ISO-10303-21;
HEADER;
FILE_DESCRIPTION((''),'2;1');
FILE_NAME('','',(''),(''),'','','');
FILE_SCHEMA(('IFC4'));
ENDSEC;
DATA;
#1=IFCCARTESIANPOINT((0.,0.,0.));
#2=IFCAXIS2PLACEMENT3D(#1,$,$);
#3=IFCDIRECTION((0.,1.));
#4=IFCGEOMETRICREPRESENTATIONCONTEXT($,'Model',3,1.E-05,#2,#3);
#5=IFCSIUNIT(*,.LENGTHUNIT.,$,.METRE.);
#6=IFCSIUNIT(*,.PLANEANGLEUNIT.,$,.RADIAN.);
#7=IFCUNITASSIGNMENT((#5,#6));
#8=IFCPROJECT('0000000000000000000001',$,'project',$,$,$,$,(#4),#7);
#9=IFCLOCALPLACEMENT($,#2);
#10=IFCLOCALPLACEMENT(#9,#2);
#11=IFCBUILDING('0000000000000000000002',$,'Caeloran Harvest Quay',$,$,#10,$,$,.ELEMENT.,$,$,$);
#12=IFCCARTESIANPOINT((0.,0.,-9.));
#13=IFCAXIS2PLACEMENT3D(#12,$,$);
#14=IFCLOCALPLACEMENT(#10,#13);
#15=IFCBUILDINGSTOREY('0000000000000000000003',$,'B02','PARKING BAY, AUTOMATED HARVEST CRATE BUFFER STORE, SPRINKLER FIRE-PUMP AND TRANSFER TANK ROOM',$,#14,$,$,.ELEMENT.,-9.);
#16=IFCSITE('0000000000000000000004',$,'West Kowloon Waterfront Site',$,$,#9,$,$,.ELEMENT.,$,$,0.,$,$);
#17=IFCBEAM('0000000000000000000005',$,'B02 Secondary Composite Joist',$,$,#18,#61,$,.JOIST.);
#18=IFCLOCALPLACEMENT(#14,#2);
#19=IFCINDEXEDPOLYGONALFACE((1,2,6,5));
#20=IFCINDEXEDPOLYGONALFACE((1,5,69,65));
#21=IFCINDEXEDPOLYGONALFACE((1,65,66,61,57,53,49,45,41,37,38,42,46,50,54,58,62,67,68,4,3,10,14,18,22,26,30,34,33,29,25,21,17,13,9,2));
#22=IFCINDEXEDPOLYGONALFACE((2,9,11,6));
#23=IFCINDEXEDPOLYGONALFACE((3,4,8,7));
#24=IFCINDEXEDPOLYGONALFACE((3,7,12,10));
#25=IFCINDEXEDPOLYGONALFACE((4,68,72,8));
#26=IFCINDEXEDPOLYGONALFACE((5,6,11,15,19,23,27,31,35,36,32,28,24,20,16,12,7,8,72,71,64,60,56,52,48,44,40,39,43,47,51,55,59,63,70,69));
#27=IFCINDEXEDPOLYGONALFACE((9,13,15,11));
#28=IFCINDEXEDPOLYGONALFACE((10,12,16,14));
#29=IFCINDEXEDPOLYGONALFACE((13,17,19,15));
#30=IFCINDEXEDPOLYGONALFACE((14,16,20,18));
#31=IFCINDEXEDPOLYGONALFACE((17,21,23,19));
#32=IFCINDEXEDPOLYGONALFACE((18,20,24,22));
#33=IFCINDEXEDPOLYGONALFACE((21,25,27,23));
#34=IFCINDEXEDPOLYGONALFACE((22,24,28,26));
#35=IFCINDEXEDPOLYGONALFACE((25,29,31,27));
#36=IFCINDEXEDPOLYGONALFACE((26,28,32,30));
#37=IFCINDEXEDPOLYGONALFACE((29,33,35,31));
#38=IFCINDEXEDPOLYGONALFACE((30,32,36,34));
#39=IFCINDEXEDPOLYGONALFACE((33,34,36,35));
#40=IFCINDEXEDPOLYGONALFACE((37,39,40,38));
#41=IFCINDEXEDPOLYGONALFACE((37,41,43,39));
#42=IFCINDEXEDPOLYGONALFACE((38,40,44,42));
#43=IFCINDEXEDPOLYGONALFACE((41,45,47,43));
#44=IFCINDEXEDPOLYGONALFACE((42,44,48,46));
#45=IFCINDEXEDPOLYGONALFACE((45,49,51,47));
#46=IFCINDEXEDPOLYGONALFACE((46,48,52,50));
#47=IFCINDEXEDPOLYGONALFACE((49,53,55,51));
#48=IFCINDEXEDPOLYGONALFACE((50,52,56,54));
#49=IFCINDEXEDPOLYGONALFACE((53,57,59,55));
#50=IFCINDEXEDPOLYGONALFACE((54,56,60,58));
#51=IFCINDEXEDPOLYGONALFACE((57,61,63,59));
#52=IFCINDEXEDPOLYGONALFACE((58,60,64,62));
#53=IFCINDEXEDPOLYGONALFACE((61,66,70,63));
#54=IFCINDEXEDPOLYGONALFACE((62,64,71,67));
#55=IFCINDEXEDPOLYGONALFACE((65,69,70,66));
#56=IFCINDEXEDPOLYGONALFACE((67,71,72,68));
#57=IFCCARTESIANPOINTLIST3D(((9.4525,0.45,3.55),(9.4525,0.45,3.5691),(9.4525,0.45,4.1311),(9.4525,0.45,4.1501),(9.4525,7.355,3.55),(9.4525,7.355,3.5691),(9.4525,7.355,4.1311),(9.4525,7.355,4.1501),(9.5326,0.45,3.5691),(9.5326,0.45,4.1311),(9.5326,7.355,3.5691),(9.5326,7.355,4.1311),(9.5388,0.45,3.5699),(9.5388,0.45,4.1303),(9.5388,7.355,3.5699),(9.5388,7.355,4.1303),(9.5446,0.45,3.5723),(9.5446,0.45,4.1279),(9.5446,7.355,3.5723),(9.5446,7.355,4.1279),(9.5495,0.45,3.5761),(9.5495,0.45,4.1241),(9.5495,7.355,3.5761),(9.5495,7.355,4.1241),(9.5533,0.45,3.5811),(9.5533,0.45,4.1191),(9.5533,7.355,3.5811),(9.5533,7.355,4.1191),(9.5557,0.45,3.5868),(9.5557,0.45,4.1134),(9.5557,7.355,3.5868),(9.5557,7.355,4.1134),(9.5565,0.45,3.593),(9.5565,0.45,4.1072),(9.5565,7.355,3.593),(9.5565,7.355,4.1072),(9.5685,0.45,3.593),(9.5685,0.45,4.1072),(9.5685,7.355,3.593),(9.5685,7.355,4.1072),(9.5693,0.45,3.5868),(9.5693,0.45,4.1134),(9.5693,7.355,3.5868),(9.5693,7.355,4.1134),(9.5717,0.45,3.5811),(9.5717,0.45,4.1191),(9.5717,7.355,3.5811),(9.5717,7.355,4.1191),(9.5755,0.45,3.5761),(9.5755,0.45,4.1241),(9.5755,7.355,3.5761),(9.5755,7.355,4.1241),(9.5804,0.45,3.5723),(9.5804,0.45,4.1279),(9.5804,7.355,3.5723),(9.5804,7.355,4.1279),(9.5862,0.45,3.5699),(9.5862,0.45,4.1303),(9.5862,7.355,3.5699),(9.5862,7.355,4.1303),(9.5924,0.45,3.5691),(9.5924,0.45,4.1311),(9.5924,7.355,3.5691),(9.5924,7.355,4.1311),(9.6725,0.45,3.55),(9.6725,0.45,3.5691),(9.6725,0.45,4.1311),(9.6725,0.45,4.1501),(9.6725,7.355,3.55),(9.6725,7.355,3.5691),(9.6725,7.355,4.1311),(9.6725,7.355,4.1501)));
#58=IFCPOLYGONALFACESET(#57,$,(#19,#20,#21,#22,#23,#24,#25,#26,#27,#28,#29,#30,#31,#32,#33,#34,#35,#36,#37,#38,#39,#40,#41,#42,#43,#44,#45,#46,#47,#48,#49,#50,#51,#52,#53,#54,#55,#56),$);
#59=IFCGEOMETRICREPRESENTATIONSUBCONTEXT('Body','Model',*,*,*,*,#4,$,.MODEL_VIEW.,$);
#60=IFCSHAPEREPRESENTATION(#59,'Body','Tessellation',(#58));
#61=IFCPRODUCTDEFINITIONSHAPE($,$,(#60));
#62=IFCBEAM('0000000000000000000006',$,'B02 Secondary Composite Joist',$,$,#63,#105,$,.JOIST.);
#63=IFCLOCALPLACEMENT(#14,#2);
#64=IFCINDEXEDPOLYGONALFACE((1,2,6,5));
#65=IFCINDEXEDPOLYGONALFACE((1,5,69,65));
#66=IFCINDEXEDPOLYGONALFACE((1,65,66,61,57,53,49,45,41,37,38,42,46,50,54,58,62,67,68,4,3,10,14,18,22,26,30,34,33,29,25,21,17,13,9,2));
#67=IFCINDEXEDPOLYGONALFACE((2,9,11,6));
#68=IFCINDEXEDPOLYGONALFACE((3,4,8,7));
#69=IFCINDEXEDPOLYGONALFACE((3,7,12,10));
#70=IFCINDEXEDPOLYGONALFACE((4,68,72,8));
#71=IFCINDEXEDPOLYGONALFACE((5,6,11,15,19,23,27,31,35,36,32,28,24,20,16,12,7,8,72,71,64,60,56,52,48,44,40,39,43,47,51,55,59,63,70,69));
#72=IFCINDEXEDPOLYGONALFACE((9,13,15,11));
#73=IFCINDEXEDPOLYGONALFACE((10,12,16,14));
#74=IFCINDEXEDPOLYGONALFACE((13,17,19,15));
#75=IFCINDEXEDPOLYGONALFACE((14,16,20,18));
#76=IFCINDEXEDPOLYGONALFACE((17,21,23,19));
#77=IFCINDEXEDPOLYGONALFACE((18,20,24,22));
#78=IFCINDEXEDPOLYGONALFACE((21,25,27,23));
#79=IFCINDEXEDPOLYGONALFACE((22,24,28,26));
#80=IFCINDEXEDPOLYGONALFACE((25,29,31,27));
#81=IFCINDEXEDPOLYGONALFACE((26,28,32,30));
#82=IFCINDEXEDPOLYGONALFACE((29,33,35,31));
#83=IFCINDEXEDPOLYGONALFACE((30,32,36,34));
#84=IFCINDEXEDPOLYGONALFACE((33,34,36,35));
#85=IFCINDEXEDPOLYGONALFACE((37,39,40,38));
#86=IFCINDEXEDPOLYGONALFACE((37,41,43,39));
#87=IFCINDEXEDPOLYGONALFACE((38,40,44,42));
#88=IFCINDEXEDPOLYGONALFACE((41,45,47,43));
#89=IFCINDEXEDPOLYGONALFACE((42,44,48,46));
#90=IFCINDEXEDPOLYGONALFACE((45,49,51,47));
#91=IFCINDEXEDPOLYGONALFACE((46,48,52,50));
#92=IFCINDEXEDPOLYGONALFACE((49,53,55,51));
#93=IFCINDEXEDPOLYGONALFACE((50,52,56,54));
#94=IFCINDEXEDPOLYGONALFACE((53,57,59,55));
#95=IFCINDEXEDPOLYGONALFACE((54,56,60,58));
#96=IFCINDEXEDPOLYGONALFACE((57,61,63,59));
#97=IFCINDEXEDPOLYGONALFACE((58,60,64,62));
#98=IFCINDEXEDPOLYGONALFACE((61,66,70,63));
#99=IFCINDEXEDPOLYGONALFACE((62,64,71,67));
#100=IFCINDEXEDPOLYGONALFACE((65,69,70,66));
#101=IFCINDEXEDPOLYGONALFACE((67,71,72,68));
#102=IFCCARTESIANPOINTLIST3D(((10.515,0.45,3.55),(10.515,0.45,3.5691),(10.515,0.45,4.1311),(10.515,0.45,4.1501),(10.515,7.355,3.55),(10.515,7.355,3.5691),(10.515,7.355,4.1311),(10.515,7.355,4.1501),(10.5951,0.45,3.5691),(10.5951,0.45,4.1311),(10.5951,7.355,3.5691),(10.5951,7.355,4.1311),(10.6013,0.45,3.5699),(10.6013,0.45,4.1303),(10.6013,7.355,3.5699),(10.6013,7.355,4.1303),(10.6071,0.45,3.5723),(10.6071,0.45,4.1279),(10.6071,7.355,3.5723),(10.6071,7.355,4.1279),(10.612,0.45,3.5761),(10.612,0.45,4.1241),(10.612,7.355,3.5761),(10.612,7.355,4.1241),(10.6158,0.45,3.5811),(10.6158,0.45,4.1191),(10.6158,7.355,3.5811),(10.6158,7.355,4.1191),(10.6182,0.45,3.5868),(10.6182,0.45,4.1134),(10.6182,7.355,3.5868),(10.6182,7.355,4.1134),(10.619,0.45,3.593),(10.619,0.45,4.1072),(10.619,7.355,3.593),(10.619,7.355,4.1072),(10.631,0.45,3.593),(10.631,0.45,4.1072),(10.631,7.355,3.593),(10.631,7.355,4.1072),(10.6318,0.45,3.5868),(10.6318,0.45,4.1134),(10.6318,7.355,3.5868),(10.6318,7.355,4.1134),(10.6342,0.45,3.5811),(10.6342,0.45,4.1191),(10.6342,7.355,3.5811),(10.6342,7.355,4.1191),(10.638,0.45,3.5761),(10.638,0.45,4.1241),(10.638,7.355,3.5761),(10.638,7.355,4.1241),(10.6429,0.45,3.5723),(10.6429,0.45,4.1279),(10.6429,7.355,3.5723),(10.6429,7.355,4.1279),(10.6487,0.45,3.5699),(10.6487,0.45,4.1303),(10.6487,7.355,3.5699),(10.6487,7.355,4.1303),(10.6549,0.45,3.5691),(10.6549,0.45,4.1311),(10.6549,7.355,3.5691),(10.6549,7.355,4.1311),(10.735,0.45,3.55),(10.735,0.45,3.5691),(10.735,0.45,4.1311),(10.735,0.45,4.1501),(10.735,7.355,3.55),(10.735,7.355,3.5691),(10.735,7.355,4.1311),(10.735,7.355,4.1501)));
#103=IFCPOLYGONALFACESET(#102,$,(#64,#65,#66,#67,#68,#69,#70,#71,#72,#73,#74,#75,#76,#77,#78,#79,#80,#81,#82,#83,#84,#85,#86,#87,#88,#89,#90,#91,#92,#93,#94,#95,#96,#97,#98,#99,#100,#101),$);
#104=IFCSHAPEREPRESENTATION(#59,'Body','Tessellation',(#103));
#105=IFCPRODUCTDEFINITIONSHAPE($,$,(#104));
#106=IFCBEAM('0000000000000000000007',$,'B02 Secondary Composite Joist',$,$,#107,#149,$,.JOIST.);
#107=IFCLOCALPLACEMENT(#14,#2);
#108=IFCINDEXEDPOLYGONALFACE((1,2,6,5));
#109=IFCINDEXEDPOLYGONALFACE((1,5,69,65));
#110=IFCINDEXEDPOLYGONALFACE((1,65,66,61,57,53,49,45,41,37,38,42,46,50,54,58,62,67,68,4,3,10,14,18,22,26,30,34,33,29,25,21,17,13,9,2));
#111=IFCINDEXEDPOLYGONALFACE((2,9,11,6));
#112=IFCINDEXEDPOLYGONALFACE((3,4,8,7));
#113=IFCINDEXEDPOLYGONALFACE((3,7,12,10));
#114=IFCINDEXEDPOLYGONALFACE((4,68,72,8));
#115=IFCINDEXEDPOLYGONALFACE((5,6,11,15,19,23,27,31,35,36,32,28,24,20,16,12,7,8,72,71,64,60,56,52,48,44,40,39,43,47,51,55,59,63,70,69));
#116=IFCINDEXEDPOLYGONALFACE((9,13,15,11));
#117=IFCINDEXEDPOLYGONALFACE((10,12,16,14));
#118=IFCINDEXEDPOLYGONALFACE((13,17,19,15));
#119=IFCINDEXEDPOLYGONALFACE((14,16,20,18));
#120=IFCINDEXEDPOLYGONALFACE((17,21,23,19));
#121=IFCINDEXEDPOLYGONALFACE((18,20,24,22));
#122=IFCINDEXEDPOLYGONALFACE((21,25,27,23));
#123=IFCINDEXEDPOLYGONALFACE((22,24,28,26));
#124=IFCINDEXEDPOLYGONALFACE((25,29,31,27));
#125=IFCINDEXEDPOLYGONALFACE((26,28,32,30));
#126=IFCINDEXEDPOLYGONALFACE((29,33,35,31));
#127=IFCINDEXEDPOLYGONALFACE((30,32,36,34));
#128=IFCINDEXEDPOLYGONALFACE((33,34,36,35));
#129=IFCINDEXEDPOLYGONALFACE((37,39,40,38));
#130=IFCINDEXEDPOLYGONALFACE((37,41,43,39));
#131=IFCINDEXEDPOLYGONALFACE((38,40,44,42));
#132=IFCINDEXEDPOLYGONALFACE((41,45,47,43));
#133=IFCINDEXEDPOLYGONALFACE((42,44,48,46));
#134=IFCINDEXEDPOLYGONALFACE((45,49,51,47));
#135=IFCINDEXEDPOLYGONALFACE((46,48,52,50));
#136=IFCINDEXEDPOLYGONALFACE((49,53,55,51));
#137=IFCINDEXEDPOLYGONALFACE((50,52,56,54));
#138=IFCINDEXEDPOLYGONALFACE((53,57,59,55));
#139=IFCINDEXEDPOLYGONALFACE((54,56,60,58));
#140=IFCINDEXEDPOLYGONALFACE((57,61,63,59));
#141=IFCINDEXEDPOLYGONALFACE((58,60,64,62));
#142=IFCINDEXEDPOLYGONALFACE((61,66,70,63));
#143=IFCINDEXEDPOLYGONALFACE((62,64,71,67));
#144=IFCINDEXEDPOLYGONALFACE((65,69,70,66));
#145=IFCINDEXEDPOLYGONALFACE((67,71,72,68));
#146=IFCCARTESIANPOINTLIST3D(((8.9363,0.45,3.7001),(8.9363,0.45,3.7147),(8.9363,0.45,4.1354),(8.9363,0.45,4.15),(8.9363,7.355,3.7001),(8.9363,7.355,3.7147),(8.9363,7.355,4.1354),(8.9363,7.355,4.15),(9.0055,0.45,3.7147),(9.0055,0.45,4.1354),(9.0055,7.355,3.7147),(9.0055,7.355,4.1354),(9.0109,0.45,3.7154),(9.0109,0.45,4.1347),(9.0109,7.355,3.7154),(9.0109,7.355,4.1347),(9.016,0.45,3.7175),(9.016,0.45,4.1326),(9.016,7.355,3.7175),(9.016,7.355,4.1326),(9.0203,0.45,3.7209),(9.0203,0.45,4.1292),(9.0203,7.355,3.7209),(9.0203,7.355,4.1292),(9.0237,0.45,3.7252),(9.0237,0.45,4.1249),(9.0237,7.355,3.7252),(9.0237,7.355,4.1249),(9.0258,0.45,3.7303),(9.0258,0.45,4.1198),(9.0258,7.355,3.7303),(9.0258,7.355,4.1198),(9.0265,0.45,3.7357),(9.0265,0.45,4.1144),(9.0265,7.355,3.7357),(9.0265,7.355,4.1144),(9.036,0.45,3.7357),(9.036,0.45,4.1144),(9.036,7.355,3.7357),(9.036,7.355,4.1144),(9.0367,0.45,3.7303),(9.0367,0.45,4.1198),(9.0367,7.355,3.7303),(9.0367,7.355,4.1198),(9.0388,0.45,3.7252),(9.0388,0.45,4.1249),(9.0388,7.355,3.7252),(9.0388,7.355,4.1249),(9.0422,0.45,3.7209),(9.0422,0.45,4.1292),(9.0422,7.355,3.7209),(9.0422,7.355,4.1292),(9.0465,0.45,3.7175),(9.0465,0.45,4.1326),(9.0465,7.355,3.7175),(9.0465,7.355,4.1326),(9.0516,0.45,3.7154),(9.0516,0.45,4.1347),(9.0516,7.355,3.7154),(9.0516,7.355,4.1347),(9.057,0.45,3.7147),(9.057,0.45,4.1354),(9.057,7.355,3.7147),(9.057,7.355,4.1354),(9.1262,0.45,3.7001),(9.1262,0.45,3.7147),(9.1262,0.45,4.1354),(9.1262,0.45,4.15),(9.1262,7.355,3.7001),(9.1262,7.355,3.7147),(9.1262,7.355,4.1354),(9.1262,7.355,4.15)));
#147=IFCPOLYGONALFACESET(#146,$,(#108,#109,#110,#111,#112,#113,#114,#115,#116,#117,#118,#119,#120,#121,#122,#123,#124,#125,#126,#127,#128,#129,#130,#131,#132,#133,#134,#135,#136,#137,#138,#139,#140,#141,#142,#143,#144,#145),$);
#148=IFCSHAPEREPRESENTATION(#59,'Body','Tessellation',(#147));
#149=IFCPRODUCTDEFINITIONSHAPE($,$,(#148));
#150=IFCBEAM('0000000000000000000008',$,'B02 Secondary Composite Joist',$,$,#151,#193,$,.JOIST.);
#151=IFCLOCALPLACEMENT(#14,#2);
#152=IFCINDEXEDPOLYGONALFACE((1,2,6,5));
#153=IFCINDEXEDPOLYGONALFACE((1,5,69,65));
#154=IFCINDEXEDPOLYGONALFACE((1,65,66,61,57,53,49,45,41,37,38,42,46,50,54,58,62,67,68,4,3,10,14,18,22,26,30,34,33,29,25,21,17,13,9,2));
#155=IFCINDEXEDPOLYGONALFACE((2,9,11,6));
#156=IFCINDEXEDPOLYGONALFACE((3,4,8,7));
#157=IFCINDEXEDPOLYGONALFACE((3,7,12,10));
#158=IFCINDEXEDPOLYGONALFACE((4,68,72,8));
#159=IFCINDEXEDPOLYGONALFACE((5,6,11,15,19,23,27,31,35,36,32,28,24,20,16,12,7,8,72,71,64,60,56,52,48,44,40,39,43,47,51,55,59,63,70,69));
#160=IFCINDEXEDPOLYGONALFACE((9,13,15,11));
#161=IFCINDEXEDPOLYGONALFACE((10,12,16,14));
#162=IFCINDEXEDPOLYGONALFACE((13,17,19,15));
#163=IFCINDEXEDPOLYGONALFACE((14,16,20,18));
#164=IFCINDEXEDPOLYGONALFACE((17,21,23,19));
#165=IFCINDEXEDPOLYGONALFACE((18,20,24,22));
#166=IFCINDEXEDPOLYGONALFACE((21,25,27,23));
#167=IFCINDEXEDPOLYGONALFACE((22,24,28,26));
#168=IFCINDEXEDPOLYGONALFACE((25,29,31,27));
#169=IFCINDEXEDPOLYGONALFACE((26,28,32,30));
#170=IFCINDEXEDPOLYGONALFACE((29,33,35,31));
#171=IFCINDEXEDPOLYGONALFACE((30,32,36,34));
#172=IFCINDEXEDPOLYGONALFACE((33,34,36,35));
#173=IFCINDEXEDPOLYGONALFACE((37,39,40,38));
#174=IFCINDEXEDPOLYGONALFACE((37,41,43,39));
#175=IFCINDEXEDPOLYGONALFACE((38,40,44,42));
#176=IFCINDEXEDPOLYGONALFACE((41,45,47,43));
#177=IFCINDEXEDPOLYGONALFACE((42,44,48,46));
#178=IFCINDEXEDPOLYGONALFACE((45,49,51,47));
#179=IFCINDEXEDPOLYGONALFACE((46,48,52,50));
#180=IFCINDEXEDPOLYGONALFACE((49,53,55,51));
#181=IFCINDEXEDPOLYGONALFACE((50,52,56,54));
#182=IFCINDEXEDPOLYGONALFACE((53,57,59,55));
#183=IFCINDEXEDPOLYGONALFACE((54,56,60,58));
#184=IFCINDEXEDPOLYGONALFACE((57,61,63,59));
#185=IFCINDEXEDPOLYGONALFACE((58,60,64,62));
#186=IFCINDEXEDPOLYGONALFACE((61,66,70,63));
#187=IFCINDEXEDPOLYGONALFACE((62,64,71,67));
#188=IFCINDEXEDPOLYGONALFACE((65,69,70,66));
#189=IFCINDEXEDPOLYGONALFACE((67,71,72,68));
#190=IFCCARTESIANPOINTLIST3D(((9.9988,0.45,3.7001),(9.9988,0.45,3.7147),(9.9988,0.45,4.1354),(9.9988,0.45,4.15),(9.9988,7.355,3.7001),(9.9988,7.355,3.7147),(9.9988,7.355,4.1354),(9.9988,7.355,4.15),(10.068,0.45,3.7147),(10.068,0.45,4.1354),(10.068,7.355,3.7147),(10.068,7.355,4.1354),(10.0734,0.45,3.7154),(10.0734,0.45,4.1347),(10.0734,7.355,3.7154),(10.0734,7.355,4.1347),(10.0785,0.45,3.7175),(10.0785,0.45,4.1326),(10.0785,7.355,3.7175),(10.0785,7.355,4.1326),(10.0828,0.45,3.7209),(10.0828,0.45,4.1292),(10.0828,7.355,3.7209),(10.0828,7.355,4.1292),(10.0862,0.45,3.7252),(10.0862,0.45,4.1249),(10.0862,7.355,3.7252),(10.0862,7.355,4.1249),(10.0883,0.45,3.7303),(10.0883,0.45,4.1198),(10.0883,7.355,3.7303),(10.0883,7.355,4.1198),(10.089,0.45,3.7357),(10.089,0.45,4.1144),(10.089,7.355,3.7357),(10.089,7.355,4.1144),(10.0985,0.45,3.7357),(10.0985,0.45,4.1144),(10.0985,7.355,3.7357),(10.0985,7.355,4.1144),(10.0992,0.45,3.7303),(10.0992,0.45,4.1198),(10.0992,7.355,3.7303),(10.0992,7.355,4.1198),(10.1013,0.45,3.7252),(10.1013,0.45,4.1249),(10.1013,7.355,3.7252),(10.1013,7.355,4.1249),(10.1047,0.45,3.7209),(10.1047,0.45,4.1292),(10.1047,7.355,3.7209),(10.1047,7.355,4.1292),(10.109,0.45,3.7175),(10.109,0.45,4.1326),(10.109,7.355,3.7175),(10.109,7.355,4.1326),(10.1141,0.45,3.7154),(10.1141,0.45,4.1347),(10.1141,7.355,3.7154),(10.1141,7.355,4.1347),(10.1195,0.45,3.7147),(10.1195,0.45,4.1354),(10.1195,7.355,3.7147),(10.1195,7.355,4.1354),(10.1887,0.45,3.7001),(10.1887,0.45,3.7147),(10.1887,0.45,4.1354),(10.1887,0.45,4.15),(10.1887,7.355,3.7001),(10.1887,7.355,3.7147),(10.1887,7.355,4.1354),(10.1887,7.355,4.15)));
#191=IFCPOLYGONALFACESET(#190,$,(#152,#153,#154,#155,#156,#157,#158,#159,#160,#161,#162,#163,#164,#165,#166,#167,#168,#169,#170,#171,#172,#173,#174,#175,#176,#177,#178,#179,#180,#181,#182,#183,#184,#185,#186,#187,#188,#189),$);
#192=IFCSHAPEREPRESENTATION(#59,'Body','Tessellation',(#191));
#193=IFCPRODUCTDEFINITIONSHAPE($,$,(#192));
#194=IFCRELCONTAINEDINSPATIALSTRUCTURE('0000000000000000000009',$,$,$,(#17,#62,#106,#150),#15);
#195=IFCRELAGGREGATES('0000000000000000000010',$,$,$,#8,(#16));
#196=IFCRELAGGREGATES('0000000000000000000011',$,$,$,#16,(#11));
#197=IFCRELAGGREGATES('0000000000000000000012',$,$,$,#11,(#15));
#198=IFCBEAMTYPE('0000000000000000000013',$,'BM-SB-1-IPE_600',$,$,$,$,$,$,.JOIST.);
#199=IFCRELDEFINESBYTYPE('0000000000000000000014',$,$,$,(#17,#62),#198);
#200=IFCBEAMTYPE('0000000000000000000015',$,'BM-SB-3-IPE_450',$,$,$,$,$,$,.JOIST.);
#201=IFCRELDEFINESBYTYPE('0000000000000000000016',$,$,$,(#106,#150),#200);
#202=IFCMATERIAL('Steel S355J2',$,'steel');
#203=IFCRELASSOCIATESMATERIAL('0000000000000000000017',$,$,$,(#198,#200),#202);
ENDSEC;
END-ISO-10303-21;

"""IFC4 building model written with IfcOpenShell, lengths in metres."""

from ifc_helpers import new_model, si_unit, direction, frame, origin, origin_2d, place, context, subcontext, project, spatial, i_section, extrude, material, material_profile, profile_set, type_object, element, save


model = new_model("IFC4")

# Units and contexts
model_context = context("Model", 3, precision=1e-05, world=origin(), true_north=direction((0.0, 1.0)))
body_context = subcontext(model_context, "Body", "Model", "MODEL_VIEW")
ifc_project = project(units=[si_unit("LENGTHUNIT", "METRE"), si_unit("PLANEANGLEUNIT", "RADIAN")], contexts=[model_context])

# Site, building, storey
site_placement = place(None, origin())
site = spatial("IfcSite", under=ifc_project, at=site_placement, Name="West Kowloon Waterfront Site", CompositionType="ELEMENT", RefElevation=0.0)
building_placement = place(site_placement, origin())
building = spatial("IfcBuilding", under=site, at=building_placement, Name="Caeloran Harvest Quay", CompositionType="ELEMENT")
storey_placement = place(building_placement, frame((0.0, 0.0, -9.0)))
storey = spatial("IfcBuildingStorey", under=building, at=storey_placement, Name="B02", Description="PARKING BAY, AUTOMATED HARVEST CRATE BUFFER STORE, SPRINKLER FIRE-PUMP AND TRANSFER TANK ROOM", CompositionType="ELEMENT", Elevation=-9.0)

# Beams
ifc_material_1 = material(Name="Steel S355J2", Category="steel")
ifc_material_profile_1 = material_profile(ifc_material_1, i_section(OverallWidth=0.22, OverallDepth=0.6001, WebThickness=0.012, FlangeThickness=0.019, FilletRadius=0.0239, at=origin_2d()), Name="IPE 600")
ifc_profile_set_1 = profile_set([ifc_material_profile_1], Name="Steel S355J2")
beam_type_1 = type_object("IfcBeamType", Name="BM-SB-1-IPE_600", PredefinedType="JOIST", material=ifc_profile_set_1)
for number, where, z_axis, x_axis, name in (
    (1, (9.5625, 0.45, 3.8501), (0.0, 1.0, 0.0), (-1.0, 0.0, 0.0), "B02 Secondary Composite Joist"),
    (2, (10.625, 0.45, 3.8501), (0.0, 1.0, 0.0), (-1.0, 0.0, 0.0), "B02 Secondary Composite Joist"),
):
    element("IfcBeam", number, at=place(storey_placement, frame(where, z_axis=z_axis, x_axis=x_axis)), inside=storey, type_object=beam_type_1, Name=name, PredefinedType="JOIST", context=body_context, shape_type="SweptSolid", body=[
        extrude(i_section(OverallWidth=0.22, OverallDepth=0.6001, WebThickness=0.012, FlangeThickness=0.019, FilletRadius=0.0239, at=origin_2d()), origin(), (0.0, 0.0, 1.0), 6.905),
    ])
ifc_material_profile_2 = material_profile(ifc_material_1, i_section(OverallWidth=0.1899, OverallDepth=0.45, WebThickness=0.0095, FlangeThickness=0.0146, FilletRadius=0.021, at=origin_2d()), Name="IPE 450")
ifc_profile_set_2 = profile_set([ifc_material_profile_2], Name="Steel S355J2")
beam_type_2 = type_object("IfcBeamType", Name="BM-SB-3-IPE_450", PredefinedType="JOIST", material=ifc_profile_set_2)
for number, where, z_axis, x_axis, name in (
    (3, (9.0312, 0.45, 3.925), (0.0, 1.0, 0.0), (-1.0, 0.0, 0.0), "B02 Secondary Composite Joist"),
    (4, (10.0938, 0.45, 3.925), (0.0, 1.0, 0.0), (-1.0, 0.0, 0.0), "B02 Secondary Composite Joist"),
):
    element("IfcBeam", number, at=place(storey_placement, frame(where, z_axis=z_axis, x_axis=x_axis)), inside=storey, type_object=beam_type_2, Name=name, PredefinedType="JOIST", context=body_context, shape_type="SweptSolid", body=[
        extrude(i_section(OverallWidth=0.1899, OverallDepth=0.45, WebThickness=0.0095, FlangeThickness=0.0146, FilletRadius=0.021, at=origin_2d()), origin(), (0.0, 0.0, 1.0), 6.905),
    ])

save(model, "model.ifc")
